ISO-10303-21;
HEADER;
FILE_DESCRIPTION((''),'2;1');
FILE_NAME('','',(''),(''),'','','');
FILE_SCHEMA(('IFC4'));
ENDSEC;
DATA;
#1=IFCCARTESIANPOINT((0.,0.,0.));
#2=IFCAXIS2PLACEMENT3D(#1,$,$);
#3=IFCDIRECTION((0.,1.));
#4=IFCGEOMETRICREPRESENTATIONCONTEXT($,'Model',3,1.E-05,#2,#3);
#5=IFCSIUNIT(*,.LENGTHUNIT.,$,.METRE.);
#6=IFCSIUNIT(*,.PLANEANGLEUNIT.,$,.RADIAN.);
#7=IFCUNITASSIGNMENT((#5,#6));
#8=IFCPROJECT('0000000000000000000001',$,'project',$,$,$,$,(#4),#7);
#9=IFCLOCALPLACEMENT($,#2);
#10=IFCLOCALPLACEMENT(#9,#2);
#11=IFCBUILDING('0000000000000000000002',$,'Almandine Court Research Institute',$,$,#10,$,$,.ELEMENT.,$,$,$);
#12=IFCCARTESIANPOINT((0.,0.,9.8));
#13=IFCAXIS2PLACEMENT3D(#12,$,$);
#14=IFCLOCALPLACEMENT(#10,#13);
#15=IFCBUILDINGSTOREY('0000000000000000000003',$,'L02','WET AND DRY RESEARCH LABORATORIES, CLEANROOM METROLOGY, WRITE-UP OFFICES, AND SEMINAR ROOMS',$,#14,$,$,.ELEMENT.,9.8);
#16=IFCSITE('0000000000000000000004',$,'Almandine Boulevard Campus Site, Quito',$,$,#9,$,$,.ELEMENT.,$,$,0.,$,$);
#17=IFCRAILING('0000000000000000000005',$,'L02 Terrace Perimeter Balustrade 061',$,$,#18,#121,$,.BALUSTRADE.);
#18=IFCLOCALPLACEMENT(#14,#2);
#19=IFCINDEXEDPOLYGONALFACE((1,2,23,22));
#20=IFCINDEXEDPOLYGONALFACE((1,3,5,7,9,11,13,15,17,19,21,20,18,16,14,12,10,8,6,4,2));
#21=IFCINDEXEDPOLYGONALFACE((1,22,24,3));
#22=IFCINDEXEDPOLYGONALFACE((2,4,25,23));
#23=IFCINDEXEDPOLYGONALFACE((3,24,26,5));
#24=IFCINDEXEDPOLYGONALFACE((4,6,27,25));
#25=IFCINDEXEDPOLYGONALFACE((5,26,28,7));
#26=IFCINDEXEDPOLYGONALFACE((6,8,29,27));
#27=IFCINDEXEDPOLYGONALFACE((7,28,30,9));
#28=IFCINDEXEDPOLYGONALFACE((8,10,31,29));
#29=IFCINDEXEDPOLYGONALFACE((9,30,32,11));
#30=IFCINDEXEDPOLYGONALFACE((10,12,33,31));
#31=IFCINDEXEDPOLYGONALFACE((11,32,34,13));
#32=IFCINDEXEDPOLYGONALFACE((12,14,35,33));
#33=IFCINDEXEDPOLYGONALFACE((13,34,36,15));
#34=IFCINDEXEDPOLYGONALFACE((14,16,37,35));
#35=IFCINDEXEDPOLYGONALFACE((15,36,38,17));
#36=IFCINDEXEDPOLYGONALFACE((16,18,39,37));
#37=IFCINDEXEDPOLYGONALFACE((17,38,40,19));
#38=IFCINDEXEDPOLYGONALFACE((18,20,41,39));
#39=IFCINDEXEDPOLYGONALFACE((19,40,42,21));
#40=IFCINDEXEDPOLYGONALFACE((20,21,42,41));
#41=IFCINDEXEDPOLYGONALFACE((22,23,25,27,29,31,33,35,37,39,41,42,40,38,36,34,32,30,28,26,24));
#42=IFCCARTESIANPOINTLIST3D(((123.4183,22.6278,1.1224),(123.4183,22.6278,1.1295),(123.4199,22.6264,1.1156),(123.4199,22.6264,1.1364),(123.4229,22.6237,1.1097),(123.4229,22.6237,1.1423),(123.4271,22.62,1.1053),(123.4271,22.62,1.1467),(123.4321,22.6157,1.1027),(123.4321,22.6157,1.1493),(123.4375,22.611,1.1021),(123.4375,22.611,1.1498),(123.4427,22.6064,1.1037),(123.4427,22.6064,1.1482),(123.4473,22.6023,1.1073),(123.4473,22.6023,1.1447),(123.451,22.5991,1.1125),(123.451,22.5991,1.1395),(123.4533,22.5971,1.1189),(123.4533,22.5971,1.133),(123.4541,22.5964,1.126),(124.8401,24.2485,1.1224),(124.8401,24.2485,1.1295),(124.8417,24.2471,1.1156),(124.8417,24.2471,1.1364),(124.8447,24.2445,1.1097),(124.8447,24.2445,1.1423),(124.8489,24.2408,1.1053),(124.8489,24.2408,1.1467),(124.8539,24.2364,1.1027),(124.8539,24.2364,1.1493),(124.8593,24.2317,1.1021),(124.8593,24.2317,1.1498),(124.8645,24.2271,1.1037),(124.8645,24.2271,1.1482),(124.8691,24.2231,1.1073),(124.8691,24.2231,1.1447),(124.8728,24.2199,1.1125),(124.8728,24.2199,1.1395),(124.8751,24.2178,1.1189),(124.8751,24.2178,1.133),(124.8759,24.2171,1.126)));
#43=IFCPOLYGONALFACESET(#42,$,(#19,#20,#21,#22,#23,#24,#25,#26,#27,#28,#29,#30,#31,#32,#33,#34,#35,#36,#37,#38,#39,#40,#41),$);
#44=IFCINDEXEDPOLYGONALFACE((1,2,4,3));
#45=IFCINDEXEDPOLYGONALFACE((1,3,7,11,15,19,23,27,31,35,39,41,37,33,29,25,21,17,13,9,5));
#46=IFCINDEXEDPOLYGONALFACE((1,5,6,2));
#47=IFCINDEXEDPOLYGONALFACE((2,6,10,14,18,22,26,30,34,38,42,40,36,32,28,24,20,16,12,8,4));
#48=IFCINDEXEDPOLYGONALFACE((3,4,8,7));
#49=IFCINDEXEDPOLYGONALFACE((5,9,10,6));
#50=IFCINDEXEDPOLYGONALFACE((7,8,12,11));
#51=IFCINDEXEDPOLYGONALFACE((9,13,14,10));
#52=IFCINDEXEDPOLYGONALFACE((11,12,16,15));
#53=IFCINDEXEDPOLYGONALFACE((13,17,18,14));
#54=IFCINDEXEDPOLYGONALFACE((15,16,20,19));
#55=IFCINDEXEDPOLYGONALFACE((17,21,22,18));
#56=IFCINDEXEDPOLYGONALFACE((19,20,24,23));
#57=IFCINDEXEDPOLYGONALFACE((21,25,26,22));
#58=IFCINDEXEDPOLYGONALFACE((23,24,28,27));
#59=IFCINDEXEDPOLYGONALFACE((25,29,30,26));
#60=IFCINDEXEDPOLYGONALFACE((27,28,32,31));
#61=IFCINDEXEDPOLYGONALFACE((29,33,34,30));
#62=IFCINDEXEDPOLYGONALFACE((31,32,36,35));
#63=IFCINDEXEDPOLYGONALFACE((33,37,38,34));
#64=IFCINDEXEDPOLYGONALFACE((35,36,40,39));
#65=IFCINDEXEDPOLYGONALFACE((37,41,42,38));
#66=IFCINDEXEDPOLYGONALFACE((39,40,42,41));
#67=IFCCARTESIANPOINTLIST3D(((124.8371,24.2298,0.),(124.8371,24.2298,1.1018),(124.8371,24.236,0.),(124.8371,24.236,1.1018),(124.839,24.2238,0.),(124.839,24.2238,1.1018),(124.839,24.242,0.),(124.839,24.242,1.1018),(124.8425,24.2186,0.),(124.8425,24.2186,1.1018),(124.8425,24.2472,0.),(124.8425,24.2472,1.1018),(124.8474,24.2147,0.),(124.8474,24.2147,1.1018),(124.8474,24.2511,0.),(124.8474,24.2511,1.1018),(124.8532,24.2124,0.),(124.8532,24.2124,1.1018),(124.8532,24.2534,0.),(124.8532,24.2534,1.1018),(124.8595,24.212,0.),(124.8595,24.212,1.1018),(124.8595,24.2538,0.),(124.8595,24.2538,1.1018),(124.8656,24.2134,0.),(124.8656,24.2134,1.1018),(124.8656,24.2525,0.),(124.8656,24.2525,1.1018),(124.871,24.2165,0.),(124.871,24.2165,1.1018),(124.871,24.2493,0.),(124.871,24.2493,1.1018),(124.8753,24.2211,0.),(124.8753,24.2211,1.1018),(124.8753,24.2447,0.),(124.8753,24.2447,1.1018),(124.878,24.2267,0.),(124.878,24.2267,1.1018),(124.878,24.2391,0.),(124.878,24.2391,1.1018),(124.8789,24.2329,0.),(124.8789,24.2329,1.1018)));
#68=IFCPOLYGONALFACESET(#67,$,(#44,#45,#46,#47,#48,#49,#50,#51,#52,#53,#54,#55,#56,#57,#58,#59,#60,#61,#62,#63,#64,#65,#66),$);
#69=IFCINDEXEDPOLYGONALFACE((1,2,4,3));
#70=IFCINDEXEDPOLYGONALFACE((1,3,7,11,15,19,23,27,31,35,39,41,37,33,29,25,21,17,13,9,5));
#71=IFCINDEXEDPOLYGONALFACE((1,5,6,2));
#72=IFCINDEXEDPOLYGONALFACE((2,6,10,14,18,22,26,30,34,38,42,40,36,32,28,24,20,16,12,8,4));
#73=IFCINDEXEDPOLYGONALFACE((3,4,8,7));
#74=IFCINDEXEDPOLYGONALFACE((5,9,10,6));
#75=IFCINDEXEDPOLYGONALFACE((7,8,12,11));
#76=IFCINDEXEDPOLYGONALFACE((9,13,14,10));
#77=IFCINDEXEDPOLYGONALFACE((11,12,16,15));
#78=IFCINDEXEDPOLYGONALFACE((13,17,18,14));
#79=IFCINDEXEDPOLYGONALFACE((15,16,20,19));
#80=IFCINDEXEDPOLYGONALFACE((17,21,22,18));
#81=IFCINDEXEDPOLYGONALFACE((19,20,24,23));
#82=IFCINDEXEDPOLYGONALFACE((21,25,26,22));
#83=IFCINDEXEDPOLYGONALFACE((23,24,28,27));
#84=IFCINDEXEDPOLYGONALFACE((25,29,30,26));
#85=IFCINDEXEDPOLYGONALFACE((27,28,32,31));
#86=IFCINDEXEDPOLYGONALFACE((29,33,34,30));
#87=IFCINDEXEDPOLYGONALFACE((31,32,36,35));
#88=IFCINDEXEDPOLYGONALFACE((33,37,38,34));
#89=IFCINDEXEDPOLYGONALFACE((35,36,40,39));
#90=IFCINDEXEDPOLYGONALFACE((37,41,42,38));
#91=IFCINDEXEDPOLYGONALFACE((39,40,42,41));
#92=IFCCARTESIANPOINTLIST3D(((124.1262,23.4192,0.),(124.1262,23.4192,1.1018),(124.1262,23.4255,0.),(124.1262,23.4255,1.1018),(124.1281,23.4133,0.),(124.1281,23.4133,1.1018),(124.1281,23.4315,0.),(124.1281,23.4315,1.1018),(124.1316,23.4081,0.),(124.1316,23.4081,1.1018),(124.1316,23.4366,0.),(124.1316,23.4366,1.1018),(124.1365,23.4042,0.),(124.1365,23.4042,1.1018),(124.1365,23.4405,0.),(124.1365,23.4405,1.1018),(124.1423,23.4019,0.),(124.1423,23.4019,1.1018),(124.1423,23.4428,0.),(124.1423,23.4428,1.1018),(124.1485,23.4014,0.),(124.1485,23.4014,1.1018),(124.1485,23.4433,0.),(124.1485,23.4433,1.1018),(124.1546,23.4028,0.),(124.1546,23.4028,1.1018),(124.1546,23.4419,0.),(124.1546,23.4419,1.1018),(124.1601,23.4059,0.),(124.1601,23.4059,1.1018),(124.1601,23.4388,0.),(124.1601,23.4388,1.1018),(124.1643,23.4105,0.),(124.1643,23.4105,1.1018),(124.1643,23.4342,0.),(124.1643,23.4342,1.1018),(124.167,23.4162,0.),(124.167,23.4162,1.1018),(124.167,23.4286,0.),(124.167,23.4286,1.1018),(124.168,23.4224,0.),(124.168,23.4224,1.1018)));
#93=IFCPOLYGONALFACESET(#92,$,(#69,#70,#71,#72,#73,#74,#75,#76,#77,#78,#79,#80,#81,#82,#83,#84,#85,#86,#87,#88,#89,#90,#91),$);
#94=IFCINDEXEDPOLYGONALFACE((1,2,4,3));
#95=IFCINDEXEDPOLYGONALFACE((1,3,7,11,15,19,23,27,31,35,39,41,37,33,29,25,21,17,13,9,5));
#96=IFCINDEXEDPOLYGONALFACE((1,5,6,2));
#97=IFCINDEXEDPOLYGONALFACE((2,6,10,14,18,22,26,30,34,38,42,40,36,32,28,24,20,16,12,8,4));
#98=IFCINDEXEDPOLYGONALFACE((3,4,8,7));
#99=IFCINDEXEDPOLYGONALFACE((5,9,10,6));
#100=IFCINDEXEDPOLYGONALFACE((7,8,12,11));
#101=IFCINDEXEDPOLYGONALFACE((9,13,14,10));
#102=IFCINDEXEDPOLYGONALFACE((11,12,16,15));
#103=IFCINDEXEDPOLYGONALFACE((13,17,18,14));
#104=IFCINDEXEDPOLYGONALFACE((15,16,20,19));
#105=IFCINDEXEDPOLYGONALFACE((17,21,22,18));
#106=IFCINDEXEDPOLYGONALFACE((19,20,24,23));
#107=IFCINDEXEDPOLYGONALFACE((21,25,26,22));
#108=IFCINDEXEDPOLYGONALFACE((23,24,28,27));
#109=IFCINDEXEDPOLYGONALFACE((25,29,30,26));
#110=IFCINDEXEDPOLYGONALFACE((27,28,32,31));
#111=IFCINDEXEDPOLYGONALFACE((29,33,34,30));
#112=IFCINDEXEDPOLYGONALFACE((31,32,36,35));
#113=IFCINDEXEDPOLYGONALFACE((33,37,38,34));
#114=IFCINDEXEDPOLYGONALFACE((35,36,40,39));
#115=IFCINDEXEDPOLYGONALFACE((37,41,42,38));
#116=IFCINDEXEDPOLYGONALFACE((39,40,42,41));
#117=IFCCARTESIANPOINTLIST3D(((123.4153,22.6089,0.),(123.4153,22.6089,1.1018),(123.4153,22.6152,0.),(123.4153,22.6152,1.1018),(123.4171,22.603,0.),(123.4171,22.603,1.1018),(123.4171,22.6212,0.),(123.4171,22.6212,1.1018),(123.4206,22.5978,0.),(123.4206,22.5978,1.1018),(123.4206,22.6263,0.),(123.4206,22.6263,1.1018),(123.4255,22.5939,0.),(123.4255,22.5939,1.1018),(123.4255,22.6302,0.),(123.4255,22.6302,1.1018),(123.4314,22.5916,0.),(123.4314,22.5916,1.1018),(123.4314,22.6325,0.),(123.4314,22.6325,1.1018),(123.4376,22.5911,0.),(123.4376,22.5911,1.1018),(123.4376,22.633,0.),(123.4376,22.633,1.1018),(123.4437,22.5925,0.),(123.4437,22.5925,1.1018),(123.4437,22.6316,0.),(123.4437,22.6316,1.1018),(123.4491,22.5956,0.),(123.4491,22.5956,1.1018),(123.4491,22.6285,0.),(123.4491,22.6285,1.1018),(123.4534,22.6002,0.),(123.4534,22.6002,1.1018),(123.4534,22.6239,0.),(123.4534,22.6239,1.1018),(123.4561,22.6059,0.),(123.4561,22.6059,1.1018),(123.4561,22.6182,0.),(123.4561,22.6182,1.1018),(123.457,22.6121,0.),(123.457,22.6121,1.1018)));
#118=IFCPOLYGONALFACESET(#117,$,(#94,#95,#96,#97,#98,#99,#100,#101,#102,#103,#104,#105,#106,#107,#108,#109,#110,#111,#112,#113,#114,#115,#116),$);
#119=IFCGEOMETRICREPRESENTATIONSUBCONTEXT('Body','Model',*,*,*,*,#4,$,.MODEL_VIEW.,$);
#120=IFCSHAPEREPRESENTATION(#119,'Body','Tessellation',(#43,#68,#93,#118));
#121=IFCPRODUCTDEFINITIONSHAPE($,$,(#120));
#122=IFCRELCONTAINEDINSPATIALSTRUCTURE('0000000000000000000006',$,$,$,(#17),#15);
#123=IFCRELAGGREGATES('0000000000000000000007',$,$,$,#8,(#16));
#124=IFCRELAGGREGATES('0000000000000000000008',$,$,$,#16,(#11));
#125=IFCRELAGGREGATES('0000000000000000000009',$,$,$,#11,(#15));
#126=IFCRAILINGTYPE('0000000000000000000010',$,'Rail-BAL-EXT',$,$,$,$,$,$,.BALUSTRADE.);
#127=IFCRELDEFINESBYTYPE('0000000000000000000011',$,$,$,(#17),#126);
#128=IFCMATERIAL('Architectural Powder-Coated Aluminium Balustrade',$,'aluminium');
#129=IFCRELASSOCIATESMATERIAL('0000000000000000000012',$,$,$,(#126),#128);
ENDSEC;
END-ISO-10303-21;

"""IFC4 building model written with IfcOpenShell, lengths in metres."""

from ifc_helpers import new_model, si_unit, direction, frame, origin, origin_2d, place, context, subcontext, project, spatial, circle, extrude, material, type_object, element, save


model = new_model("IFC4")

# Units and contexts
model_context = context("Model", 3, precision=1e-05, world=origin(), true_north=direction((0.0, 1.0)))
body_context = subcontext(model_context, "Body", "Model", "MODEL_VIEW")
ifc_project = project(units=[si_unit("LENGTHUNIT", "METRE"), si_unit("PLANEANGLEUNIT", "RADIAN")], contexts=[model_context])

# Site, building, storey
site_placement = place(None, origin())
site = spatial("IfcSite", under=ifc_project, at=site_placement, Name="Almandine Boulevard Campus Site, Quito", CompositionType="ELEMENT", RefElevation=0.0)
building_placement = place(site_placement, origin())
building = spatial("IfcBuilding", under=site, at=building_placement, Name="Almandine Court Research Institute", CompositionType="ELEMENT")
storey_placement = place(building_placement, frame((0.0, 0.0, 9.8)))
storey = spatial("IfcBuildingStorey", under=building, at=storey_placement, Name="L02", Description="WET AND DRY RESEARCH LABORATORIES, CLEANROOM METROLOGY, WRITE-UP OFFICES, AND SEMINAR ROOMS", CompositionType="ELEMENT", Elevation=9.8)

# Railing
ifc_material_1 = material(Name="Architectural Powder-Coated Aluminium Balustrade", Category="aluminium")
railing_type = type_object("IfcRailingType", Name="Rail-BAL-EXT", PredefinedType="BALUSTRADE", material=ifc_material_1)
railing_1_placement = place(storey_placement, frame((124.8579, 24.2329, 0.0)))
element("IfcRailing", 1, at=railing_1_placement, inside=storey, type_object=railing_type, Name="L02 Terrace Perimeter Balustrade 061", PredefinedType="BALUSTRADE", context=body_context, shape_type="SweptSolid", body=[
    extrude(circle(Radius=0.0239, at=origin_2d()), frame((0.0, 0.0, 1.126), z_axis=(-0.659458, -0.751741, 0.0), x_axis=(0.751741, -0.659458, 0.0)), (0.0, 0.0, 1.0), 2.156),
    extrude(circle(Radius=0.021, at=origin_2d()), origin(), (0.0, 0.0, 1.0), 1.1018),
    extrude(circle(Radius=0.021, at=origin_2d()), frame((-0.7109, -0.8105, 0.0)), (0.0, 0.0, 1.0), 1.1018),
    extrude(circle(Radius=0.021, at=origin_2d()), frame((-1.4219, -1.6208, 0.0)), (0.0, 0.0, 1.0), 1.1018),
])

save(model, "model.ifc")
